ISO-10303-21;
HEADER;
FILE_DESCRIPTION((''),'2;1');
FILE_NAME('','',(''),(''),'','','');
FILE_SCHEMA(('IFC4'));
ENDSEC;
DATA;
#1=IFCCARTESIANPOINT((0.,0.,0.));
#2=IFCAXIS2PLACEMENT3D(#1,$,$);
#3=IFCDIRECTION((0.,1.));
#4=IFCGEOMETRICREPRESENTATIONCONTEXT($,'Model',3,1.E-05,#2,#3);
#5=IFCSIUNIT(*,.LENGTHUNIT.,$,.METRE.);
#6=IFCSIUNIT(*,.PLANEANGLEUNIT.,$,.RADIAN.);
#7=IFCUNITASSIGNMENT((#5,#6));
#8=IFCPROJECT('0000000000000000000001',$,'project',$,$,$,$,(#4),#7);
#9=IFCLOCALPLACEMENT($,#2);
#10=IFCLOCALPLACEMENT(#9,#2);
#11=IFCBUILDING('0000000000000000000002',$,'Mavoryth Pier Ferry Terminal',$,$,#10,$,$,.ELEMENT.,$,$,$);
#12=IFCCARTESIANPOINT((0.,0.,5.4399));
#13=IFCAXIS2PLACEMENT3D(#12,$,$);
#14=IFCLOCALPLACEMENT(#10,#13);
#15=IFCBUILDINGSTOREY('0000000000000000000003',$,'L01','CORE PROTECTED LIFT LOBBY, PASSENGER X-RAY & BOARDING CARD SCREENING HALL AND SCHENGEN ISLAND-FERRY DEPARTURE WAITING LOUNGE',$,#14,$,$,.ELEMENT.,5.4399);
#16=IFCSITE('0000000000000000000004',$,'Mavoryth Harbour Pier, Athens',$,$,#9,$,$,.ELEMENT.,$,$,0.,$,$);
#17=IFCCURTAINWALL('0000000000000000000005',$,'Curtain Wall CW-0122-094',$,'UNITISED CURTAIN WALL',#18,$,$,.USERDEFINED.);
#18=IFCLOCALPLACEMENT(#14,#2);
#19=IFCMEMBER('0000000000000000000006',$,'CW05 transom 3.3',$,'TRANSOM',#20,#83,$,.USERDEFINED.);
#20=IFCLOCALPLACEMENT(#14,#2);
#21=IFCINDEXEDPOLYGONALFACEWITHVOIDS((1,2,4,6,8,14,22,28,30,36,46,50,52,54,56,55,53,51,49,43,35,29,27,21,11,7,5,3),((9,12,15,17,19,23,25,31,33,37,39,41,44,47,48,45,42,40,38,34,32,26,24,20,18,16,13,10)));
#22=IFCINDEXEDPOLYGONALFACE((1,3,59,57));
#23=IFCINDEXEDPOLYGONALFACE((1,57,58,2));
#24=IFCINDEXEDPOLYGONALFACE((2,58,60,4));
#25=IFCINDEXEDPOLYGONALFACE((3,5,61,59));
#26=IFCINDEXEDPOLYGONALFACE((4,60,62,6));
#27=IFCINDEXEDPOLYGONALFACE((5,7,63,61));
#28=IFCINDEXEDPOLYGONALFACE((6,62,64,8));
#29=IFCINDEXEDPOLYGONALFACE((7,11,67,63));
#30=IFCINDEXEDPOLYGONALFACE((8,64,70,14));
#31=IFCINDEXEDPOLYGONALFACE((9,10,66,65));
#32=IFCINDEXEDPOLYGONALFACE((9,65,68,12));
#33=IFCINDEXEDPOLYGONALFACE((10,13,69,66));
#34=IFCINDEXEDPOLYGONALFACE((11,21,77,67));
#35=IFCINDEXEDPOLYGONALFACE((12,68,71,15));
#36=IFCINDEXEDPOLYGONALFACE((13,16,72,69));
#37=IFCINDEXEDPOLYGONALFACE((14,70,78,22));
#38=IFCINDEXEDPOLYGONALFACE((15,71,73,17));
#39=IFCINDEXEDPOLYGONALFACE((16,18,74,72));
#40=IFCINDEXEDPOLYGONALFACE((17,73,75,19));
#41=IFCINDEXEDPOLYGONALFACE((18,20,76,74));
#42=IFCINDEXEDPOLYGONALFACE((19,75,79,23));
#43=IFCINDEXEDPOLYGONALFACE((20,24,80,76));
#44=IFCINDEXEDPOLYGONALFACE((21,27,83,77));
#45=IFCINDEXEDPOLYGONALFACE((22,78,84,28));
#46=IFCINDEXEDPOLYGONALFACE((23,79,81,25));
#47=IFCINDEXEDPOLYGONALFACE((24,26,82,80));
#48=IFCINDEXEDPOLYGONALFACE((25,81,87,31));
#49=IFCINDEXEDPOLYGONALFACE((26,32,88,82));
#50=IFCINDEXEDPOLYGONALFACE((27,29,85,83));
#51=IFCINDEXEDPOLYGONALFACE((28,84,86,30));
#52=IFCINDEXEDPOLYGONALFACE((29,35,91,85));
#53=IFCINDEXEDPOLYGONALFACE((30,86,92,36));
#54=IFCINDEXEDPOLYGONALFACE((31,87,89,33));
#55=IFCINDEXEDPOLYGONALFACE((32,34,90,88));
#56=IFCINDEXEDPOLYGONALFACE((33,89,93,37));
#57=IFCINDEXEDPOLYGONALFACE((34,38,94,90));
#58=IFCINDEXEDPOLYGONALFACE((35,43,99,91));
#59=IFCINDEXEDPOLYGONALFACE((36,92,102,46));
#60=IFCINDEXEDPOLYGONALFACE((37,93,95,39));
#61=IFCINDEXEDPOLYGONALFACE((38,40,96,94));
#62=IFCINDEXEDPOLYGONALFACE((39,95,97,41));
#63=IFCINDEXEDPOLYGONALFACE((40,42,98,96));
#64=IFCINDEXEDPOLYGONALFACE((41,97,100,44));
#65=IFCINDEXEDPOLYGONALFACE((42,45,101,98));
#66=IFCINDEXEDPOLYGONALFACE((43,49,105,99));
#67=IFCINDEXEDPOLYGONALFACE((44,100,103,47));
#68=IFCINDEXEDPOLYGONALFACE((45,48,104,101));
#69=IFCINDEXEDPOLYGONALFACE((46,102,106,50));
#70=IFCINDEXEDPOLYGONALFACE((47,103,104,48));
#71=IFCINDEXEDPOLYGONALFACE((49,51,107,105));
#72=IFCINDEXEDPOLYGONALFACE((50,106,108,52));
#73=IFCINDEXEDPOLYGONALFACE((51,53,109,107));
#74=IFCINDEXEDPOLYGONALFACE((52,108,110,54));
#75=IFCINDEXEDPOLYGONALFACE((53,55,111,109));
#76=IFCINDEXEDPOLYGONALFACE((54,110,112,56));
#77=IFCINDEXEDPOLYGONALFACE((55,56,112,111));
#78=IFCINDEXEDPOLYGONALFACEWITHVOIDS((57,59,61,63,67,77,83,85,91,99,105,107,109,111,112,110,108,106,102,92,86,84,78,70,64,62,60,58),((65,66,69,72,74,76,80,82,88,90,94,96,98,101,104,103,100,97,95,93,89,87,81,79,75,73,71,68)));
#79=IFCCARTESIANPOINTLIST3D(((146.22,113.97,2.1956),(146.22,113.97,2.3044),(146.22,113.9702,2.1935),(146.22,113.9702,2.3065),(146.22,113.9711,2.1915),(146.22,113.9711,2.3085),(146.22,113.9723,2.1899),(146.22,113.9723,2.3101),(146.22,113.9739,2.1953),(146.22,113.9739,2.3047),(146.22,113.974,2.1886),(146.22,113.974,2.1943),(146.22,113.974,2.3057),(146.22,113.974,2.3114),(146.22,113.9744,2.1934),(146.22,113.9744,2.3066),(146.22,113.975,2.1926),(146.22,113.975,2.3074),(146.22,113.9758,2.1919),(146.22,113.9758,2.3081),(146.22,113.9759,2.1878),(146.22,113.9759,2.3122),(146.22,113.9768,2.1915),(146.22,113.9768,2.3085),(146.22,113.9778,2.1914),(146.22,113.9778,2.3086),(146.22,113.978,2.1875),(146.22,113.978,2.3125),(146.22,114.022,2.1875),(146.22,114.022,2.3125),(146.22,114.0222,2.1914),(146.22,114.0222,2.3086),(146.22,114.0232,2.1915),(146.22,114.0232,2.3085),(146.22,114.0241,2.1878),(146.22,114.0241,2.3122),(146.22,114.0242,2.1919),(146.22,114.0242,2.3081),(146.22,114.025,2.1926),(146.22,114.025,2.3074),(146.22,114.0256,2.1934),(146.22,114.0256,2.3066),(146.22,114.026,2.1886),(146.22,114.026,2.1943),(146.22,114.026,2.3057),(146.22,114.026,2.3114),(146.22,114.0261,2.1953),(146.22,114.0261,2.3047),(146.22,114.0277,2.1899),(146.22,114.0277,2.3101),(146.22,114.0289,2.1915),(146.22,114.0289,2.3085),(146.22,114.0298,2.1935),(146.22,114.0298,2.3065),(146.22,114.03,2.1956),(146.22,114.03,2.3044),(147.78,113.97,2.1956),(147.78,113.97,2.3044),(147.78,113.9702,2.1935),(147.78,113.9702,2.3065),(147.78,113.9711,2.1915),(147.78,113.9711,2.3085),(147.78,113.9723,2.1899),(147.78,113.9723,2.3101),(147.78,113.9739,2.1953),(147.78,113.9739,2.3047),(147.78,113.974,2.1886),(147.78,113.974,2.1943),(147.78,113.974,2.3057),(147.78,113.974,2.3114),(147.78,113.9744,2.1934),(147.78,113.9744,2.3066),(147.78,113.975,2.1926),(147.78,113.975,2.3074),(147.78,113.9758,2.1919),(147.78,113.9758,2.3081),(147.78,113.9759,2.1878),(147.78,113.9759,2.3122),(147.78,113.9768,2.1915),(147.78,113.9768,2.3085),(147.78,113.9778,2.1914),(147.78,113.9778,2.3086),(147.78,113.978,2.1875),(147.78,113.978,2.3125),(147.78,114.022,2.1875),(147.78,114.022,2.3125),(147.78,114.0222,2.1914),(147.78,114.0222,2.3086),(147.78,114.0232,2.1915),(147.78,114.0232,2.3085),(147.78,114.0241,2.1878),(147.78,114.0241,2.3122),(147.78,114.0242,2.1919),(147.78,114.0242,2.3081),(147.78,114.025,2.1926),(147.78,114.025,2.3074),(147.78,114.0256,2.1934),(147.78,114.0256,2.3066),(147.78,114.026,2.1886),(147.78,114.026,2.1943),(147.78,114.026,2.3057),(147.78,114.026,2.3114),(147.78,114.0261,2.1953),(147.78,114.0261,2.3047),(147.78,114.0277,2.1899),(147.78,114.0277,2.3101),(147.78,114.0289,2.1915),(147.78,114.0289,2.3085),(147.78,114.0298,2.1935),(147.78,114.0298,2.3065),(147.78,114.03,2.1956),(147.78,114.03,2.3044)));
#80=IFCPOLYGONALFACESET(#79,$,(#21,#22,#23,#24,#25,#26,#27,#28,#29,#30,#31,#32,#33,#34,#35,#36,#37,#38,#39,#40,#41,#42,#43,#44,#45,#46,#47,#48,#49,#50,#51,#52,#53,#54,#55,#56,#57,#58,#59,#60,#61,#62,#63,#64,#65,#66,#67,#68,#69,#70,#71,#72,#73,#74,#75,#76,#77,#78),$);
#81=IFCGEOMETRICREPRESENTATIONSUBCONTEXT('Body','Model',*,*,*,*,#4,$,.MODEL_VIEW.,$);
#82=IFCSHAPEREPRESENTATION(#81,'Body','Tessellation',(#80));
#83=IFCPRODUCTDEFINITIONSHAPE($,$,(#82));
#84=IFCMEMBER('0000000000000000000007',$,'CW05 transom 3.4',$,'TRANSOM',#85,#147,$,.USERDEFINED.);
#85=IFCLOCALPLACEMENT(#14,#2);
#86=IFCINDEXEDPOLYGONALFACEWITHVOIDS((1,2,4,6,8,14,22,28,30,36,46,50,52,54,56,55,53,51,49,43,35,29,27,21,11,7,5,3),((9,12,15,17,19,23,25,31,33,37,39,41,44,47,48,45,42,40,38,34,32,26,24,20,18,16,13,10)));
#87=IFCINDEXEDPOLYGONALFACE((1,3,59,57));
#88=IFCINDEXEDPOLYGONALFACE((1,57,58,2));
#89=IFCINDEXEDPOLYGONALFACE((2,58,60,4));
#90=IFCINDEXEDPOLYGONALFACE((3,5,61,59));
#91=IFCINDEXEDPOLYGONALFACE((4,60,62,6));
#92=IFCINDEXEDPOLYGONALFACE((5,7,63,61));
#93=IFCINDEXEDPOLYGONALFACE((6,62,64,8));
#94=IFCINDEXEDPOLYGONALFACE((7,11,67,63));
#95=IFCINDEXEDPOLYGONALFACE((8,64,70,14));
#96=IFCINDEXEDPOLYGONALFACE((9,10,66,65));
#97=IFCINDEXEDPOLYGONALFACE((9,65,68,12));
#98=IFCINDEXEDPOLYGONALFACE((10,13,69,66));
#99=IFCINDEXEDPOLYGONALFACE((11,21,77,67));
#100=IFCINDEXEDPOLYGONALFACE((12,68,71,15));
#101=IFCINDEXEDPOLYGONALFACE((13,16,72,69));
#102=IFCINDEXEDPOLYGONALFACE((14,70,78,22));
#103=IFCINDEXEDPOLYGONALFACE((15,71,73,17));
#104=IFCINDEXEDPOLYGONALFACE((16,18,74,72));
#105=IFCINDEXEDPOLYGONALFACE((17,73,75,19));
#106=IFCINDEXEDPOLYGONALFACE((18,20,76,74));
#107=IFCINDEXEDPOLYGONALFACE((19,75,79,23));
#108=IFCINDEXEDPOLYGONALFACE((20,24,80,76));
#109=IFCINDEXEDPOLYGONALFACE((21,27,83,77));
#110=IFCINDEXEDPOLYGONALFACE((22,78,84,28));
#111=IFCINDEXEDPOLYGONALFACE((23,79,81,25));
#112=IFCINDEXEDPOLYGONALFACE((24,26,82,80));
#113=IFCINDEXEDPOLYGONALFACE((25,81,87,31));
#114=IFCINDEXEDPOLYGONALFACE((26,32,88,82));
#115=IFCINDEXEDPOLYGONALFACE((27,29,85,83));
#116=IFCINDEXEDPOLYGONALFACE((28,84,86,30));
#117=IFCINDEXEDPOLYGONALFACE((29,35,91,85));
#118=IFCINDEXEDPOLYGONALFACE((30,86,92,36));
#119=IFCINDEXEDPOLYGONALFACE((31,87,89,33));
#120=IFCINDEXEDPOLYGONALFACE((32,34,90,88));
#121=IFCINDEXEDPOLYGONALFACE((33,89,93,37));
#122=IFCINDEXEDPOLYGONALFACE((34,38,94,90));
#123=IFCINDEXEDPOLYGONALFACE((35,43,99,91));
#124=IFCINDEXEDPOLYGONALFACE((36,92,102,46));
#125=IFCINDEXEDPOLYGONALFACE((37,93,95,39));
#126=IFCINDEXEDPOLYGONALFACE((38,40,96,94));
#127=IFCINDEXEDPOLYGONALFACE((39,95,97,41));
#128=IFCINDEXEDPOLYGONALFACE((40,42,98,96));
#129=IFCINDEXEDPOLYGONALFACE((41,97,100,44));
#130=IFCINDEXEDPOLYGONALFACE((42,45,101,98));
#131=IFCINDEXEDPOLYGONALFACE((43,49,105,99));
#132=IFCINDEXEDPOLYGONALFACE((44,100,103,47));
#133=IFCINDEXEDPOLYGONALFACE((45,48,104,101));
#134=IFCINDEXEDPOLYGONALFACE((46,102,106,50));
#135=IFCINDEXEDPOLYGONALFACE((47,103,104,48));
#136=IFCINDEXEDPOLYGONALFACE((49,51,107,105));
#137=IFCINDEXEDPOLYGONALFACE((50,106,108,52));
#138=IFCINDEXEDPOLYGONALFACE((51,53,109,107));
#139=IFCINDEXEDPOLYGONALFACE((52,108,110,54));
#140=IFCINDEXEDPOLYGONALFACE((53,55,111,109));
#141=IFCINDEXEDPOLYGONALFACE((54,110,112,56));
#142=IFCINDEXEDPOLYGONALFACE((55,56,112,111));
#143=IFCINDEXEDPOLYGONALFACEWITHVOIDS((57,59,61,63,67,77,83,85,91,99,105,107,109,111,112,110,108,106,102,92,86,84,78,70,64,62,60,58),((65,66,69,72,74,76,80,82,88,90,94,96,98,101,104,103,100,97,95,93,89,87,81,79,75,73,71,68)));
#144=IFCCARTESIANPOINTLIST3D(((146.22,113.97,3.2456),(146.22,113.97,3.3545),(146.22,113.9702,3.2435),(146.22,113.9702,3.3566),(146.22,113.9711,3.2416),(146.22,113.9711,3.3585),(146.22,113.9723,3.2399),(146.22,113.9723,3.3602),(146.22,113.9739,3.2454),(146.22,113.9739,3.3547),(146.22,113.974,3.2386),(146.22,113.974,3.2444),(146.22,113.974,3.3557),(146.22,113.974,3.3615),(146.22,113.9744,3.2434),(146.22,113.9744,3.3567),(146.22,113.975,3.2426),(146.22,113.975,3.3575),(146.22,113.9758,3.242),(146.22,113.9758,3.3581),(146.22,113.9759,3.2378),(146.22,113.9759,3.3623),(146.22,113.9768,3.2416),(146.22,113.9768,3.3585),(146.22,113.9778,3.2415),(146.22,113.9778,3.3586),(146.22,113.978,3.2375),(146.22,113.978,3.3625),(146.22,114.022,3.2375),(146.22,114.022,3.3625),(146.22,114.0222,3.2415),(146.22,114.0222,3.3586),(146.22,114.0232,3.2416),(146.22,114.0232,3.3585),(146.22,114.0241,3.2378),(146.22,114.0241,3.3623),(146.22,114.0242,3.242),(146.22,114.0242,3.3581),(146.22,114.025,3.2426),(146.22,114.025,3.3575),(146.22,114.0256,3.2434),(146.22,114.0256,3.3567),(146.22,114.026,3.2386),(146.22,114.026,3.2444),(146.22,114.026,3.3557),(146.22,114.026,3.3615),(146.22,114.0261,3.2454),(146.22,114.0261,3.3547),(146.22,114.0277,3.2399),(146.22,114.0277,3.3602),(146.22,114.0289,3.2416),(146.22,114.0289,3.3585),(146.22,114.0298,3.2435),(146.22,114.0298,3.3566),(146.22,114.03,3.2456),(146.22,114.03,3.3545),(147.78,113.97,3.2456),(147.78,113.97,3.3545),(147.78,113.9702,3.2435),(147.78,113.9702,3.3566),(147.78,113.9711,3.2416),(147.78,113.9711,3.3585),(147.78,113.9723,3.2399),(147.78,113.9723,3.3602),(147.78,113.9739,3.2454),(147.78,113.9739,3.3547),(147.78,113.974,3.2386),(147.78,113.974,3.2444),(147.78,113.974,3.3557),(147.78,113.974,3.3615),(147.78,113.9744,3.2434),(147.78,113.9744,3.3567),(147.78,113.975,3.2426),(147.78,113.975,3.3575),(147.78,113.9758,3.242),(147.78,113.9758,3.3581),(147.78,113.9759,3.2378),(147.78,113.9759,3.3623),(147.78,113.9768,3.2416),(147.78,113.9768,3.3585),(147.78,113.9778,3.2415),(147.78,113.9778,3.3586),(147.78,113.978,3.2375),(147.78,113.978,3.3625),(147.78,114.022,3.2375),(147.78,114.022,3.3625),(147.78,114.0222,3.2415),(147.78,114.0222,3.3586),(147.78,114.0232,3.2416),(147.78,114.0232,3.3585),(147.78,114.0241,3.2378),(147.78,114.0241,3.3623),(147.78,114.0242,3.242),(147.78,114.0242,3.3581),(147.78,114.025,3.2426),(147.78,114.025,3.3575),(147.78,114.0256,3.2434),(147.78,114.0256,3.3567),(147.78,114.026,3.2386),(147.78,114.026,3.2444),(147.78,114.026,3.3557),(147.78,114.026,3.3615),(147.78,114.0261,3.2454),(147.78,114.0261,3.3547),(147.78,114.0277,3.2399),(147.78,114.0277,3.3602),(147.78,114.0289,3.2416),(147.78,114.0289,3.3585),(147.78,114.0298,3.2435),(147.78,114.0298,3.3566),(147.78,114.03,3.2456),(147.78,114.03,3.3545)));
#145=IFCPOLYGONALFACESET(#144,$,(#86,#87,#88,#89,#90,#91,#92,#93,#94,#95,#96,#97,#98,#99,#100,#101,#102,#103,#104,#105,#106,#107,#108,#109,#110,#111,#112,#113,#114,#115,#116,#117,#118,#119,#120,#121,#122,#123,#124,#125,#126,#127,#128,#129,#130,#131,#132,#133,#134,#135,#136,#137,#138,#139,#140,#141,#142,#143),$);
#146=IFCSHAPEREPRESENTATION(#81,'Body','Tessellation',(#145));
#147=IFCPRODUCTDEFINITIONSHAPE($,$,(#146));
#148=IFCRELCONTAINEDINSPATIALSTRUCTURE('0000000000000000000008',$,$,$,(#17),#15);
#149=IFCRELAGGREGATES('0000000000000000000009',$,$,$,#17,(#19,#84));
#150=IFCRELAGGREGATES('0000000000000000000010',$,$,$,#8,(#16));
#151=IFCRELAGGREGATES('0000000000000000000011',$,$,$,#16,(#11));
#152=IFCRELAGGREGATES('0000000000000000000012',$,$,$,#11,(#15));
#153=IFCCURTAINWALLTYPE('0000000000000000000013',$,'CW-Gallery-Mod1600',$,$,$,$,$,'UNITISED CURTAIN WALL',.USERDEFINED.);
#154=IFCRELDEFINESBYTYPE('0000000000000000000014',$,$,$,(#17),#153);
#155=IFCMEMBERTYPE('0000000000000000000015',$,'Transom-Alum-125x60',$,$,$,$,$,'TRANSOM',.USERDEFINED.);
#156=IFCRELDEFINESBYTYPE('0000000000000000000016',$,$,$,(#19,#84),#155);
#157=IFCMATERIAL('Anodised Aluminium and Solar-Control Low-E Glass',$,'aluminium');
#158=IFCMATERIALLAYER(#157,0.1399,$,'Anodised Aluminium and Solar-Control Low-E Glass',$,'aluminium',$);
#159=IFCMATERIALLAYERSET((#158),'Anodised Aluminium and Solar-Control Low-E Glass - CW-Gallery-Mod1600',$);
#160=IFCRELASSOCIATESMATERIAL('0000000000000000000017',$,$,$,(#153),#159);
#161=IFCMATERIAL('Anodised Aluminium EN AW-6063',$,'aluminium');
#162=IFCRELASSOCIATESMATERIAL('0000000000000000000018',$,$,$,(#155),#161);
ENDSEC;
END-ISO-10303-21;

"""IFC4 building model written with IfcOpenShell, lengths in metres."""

from ifc_helpers import new_model, si_unit, direction, frame, origin, origin_2d, place, context, subcontext, project, spatial, hollow_rectangle, extrude, material, layer, layer_set, material_profile, profile_set, type_object, element, aggregate, save


model = new_model("IFC4")

# Units and contexts
model_context = context("Model", 3, precision=1e-05, world=origin(), true_north=direction((0.0, 1.0)))
body_context = subcontext(model_context, "Body", "Model", "MODEL_VIEW")
ifc_project = project(units=[si_unit("LENGTHUNIT", "METRE"), si_unit("PLANEANGLEUNIT", "RADIAN")], contexts=[model_context])

# Site, building, storey
site_placement = place(None, origin())
site = spatial("IfcSite", under=ifc_project, at=site_placement, Name="Mavoryth Harbour Pier, Athens", CompositionType="ELEMENT", RefElevation=0.0)
building_placement = place(site_placement, origin())
building = spatial("IfcBuilding", under=site, at=building_placement, Name="Mavoryth Pier Ferry Terminal", CompositionType="ELEMENT")
storey_placement = place(building_placement, frame((0.0, 0.0, 5.4399)))
storey = spatial("IfcBuildingStorey", under=building, at=storey_placement, Name="L01", Description="CORE PROTECTED LIFT LOBBY, PASSENGER X-RAY & BOARDING CARD SCREENING HALL AND SCHENGEN ISLAND-FERRY DEPARTURE WAITING LOUNGE", CompositionType="ELEMENT", Elevation=5.4399)

# Curtain wall, members
ifc_material_1 = material(Name="Anodised Aluminium and Solar-Control Low-E Glass", Category="aluminium")
ifc_layer_1 = layer(ifc_material_1, 0.1399, Name="Anodised Aluminium and Solar-Control Low-E Glass", Category="aluminium")
ifc_layer_set_1 = layer_set([ifc_layer_1], Name="Anodised Aluminium and Solar-Control Low-E Glass - CW-Gallery-Mod1600")
curtain_wall_type = type_object("IfcCurtainWallType", Name="CW-Gallery-Mod1600", ElementType="UNITISED CURTAIN WALL", PredefinedType="USERDEFINED", material=ifc_layer_set_1)
curtain_wall_placement = place(storey_placement, origin())
curtain_wall = element("IfcCurtainWall", 1, at=curtain_wall_placement, inside=storey, type_object=curtain_wall_type, Name="Curtain Wall CW-0122-094", ObjectType="UNITISED CURTAIN WALL", PredefinedType="USERDEFINED")
ifc_material_2 = material(Name="Anodised Aluminium EN AW-6063", Category="aluminium")
ifc_material_profile_1 = material_profile(ifc_material_2, hollow_rectangle(XDim=0.0601, YDim=0.125, WallThickness=0.0039, InnerFilletRadius=0.0039, OuterFilletRadius=0.0081, at=origin_2d()), Name="AL-TRAN 125x60x4", Category="aluminium")
ifc_profile_set_1 = profile_set([ifc_material_profile_1], Name="Anodised Aluminium EN AW-6063 - AL-TRAN 125x60x4")
member_type_1 = type_object("IfcMemberType", Name="Transom-Alum-125x60", ElementType="TRANSOM", PredefinedType="USERDEFINED", material=ifc_profile_set_1)
member_1_placement = place(storey_placement, frame((147.78, 114.0, 2.25), z_axis=(-1.0, 0.0, 0.0), x_axis=(0.0, -1.0, 0.0)))
member_1 = element("IfcMember", 2, at=member_1_placement, type_object=member_type_1, Name="CW05 transom 3.3", ObjectType="TRANSOM", PredefinedType="USERDEFINED", context=body_context, shape_type="SweptSolid", body=[
    extrude(hollow_rectangle(XDim=0.0601, YDim=0.125, WallThickness=0.0039, InnerFilletRadius=0.0039, OuterFilletRadius=0.0081, at=origin_2d()), origin(), (0.0, 0.0, 1.0), 1.5601),
])
member_2_placement = place(storey_placement, frame((147.78, 114.0, 3.3), z_axis=(-1.0, 0.0, 0.0), x_axis=(0.0, -1.0, 0.0)))
member_2 = element("IfcMember", 3, at=member_2_placement, type_object=member_type_1, Name="CW05 transom 3.4", ObjectType="TRANSOM", PredefinedType="USERDEFINED", context=body_context, shape_type="SweptSolid", body=[
    extrude(hollow_rectangle(XDim=0.0601, YDim=0.125, WallThickness=0.0039, InnerFilletRadius=0.0039, OuterFilletRadius=0.0081, at=origin_2d()), origin(), (0.0, 0.0, 1.0), 1.5601),
])
aggregate(curtain_wall, [member_1, member_2])

save(model, "model.ifc")
